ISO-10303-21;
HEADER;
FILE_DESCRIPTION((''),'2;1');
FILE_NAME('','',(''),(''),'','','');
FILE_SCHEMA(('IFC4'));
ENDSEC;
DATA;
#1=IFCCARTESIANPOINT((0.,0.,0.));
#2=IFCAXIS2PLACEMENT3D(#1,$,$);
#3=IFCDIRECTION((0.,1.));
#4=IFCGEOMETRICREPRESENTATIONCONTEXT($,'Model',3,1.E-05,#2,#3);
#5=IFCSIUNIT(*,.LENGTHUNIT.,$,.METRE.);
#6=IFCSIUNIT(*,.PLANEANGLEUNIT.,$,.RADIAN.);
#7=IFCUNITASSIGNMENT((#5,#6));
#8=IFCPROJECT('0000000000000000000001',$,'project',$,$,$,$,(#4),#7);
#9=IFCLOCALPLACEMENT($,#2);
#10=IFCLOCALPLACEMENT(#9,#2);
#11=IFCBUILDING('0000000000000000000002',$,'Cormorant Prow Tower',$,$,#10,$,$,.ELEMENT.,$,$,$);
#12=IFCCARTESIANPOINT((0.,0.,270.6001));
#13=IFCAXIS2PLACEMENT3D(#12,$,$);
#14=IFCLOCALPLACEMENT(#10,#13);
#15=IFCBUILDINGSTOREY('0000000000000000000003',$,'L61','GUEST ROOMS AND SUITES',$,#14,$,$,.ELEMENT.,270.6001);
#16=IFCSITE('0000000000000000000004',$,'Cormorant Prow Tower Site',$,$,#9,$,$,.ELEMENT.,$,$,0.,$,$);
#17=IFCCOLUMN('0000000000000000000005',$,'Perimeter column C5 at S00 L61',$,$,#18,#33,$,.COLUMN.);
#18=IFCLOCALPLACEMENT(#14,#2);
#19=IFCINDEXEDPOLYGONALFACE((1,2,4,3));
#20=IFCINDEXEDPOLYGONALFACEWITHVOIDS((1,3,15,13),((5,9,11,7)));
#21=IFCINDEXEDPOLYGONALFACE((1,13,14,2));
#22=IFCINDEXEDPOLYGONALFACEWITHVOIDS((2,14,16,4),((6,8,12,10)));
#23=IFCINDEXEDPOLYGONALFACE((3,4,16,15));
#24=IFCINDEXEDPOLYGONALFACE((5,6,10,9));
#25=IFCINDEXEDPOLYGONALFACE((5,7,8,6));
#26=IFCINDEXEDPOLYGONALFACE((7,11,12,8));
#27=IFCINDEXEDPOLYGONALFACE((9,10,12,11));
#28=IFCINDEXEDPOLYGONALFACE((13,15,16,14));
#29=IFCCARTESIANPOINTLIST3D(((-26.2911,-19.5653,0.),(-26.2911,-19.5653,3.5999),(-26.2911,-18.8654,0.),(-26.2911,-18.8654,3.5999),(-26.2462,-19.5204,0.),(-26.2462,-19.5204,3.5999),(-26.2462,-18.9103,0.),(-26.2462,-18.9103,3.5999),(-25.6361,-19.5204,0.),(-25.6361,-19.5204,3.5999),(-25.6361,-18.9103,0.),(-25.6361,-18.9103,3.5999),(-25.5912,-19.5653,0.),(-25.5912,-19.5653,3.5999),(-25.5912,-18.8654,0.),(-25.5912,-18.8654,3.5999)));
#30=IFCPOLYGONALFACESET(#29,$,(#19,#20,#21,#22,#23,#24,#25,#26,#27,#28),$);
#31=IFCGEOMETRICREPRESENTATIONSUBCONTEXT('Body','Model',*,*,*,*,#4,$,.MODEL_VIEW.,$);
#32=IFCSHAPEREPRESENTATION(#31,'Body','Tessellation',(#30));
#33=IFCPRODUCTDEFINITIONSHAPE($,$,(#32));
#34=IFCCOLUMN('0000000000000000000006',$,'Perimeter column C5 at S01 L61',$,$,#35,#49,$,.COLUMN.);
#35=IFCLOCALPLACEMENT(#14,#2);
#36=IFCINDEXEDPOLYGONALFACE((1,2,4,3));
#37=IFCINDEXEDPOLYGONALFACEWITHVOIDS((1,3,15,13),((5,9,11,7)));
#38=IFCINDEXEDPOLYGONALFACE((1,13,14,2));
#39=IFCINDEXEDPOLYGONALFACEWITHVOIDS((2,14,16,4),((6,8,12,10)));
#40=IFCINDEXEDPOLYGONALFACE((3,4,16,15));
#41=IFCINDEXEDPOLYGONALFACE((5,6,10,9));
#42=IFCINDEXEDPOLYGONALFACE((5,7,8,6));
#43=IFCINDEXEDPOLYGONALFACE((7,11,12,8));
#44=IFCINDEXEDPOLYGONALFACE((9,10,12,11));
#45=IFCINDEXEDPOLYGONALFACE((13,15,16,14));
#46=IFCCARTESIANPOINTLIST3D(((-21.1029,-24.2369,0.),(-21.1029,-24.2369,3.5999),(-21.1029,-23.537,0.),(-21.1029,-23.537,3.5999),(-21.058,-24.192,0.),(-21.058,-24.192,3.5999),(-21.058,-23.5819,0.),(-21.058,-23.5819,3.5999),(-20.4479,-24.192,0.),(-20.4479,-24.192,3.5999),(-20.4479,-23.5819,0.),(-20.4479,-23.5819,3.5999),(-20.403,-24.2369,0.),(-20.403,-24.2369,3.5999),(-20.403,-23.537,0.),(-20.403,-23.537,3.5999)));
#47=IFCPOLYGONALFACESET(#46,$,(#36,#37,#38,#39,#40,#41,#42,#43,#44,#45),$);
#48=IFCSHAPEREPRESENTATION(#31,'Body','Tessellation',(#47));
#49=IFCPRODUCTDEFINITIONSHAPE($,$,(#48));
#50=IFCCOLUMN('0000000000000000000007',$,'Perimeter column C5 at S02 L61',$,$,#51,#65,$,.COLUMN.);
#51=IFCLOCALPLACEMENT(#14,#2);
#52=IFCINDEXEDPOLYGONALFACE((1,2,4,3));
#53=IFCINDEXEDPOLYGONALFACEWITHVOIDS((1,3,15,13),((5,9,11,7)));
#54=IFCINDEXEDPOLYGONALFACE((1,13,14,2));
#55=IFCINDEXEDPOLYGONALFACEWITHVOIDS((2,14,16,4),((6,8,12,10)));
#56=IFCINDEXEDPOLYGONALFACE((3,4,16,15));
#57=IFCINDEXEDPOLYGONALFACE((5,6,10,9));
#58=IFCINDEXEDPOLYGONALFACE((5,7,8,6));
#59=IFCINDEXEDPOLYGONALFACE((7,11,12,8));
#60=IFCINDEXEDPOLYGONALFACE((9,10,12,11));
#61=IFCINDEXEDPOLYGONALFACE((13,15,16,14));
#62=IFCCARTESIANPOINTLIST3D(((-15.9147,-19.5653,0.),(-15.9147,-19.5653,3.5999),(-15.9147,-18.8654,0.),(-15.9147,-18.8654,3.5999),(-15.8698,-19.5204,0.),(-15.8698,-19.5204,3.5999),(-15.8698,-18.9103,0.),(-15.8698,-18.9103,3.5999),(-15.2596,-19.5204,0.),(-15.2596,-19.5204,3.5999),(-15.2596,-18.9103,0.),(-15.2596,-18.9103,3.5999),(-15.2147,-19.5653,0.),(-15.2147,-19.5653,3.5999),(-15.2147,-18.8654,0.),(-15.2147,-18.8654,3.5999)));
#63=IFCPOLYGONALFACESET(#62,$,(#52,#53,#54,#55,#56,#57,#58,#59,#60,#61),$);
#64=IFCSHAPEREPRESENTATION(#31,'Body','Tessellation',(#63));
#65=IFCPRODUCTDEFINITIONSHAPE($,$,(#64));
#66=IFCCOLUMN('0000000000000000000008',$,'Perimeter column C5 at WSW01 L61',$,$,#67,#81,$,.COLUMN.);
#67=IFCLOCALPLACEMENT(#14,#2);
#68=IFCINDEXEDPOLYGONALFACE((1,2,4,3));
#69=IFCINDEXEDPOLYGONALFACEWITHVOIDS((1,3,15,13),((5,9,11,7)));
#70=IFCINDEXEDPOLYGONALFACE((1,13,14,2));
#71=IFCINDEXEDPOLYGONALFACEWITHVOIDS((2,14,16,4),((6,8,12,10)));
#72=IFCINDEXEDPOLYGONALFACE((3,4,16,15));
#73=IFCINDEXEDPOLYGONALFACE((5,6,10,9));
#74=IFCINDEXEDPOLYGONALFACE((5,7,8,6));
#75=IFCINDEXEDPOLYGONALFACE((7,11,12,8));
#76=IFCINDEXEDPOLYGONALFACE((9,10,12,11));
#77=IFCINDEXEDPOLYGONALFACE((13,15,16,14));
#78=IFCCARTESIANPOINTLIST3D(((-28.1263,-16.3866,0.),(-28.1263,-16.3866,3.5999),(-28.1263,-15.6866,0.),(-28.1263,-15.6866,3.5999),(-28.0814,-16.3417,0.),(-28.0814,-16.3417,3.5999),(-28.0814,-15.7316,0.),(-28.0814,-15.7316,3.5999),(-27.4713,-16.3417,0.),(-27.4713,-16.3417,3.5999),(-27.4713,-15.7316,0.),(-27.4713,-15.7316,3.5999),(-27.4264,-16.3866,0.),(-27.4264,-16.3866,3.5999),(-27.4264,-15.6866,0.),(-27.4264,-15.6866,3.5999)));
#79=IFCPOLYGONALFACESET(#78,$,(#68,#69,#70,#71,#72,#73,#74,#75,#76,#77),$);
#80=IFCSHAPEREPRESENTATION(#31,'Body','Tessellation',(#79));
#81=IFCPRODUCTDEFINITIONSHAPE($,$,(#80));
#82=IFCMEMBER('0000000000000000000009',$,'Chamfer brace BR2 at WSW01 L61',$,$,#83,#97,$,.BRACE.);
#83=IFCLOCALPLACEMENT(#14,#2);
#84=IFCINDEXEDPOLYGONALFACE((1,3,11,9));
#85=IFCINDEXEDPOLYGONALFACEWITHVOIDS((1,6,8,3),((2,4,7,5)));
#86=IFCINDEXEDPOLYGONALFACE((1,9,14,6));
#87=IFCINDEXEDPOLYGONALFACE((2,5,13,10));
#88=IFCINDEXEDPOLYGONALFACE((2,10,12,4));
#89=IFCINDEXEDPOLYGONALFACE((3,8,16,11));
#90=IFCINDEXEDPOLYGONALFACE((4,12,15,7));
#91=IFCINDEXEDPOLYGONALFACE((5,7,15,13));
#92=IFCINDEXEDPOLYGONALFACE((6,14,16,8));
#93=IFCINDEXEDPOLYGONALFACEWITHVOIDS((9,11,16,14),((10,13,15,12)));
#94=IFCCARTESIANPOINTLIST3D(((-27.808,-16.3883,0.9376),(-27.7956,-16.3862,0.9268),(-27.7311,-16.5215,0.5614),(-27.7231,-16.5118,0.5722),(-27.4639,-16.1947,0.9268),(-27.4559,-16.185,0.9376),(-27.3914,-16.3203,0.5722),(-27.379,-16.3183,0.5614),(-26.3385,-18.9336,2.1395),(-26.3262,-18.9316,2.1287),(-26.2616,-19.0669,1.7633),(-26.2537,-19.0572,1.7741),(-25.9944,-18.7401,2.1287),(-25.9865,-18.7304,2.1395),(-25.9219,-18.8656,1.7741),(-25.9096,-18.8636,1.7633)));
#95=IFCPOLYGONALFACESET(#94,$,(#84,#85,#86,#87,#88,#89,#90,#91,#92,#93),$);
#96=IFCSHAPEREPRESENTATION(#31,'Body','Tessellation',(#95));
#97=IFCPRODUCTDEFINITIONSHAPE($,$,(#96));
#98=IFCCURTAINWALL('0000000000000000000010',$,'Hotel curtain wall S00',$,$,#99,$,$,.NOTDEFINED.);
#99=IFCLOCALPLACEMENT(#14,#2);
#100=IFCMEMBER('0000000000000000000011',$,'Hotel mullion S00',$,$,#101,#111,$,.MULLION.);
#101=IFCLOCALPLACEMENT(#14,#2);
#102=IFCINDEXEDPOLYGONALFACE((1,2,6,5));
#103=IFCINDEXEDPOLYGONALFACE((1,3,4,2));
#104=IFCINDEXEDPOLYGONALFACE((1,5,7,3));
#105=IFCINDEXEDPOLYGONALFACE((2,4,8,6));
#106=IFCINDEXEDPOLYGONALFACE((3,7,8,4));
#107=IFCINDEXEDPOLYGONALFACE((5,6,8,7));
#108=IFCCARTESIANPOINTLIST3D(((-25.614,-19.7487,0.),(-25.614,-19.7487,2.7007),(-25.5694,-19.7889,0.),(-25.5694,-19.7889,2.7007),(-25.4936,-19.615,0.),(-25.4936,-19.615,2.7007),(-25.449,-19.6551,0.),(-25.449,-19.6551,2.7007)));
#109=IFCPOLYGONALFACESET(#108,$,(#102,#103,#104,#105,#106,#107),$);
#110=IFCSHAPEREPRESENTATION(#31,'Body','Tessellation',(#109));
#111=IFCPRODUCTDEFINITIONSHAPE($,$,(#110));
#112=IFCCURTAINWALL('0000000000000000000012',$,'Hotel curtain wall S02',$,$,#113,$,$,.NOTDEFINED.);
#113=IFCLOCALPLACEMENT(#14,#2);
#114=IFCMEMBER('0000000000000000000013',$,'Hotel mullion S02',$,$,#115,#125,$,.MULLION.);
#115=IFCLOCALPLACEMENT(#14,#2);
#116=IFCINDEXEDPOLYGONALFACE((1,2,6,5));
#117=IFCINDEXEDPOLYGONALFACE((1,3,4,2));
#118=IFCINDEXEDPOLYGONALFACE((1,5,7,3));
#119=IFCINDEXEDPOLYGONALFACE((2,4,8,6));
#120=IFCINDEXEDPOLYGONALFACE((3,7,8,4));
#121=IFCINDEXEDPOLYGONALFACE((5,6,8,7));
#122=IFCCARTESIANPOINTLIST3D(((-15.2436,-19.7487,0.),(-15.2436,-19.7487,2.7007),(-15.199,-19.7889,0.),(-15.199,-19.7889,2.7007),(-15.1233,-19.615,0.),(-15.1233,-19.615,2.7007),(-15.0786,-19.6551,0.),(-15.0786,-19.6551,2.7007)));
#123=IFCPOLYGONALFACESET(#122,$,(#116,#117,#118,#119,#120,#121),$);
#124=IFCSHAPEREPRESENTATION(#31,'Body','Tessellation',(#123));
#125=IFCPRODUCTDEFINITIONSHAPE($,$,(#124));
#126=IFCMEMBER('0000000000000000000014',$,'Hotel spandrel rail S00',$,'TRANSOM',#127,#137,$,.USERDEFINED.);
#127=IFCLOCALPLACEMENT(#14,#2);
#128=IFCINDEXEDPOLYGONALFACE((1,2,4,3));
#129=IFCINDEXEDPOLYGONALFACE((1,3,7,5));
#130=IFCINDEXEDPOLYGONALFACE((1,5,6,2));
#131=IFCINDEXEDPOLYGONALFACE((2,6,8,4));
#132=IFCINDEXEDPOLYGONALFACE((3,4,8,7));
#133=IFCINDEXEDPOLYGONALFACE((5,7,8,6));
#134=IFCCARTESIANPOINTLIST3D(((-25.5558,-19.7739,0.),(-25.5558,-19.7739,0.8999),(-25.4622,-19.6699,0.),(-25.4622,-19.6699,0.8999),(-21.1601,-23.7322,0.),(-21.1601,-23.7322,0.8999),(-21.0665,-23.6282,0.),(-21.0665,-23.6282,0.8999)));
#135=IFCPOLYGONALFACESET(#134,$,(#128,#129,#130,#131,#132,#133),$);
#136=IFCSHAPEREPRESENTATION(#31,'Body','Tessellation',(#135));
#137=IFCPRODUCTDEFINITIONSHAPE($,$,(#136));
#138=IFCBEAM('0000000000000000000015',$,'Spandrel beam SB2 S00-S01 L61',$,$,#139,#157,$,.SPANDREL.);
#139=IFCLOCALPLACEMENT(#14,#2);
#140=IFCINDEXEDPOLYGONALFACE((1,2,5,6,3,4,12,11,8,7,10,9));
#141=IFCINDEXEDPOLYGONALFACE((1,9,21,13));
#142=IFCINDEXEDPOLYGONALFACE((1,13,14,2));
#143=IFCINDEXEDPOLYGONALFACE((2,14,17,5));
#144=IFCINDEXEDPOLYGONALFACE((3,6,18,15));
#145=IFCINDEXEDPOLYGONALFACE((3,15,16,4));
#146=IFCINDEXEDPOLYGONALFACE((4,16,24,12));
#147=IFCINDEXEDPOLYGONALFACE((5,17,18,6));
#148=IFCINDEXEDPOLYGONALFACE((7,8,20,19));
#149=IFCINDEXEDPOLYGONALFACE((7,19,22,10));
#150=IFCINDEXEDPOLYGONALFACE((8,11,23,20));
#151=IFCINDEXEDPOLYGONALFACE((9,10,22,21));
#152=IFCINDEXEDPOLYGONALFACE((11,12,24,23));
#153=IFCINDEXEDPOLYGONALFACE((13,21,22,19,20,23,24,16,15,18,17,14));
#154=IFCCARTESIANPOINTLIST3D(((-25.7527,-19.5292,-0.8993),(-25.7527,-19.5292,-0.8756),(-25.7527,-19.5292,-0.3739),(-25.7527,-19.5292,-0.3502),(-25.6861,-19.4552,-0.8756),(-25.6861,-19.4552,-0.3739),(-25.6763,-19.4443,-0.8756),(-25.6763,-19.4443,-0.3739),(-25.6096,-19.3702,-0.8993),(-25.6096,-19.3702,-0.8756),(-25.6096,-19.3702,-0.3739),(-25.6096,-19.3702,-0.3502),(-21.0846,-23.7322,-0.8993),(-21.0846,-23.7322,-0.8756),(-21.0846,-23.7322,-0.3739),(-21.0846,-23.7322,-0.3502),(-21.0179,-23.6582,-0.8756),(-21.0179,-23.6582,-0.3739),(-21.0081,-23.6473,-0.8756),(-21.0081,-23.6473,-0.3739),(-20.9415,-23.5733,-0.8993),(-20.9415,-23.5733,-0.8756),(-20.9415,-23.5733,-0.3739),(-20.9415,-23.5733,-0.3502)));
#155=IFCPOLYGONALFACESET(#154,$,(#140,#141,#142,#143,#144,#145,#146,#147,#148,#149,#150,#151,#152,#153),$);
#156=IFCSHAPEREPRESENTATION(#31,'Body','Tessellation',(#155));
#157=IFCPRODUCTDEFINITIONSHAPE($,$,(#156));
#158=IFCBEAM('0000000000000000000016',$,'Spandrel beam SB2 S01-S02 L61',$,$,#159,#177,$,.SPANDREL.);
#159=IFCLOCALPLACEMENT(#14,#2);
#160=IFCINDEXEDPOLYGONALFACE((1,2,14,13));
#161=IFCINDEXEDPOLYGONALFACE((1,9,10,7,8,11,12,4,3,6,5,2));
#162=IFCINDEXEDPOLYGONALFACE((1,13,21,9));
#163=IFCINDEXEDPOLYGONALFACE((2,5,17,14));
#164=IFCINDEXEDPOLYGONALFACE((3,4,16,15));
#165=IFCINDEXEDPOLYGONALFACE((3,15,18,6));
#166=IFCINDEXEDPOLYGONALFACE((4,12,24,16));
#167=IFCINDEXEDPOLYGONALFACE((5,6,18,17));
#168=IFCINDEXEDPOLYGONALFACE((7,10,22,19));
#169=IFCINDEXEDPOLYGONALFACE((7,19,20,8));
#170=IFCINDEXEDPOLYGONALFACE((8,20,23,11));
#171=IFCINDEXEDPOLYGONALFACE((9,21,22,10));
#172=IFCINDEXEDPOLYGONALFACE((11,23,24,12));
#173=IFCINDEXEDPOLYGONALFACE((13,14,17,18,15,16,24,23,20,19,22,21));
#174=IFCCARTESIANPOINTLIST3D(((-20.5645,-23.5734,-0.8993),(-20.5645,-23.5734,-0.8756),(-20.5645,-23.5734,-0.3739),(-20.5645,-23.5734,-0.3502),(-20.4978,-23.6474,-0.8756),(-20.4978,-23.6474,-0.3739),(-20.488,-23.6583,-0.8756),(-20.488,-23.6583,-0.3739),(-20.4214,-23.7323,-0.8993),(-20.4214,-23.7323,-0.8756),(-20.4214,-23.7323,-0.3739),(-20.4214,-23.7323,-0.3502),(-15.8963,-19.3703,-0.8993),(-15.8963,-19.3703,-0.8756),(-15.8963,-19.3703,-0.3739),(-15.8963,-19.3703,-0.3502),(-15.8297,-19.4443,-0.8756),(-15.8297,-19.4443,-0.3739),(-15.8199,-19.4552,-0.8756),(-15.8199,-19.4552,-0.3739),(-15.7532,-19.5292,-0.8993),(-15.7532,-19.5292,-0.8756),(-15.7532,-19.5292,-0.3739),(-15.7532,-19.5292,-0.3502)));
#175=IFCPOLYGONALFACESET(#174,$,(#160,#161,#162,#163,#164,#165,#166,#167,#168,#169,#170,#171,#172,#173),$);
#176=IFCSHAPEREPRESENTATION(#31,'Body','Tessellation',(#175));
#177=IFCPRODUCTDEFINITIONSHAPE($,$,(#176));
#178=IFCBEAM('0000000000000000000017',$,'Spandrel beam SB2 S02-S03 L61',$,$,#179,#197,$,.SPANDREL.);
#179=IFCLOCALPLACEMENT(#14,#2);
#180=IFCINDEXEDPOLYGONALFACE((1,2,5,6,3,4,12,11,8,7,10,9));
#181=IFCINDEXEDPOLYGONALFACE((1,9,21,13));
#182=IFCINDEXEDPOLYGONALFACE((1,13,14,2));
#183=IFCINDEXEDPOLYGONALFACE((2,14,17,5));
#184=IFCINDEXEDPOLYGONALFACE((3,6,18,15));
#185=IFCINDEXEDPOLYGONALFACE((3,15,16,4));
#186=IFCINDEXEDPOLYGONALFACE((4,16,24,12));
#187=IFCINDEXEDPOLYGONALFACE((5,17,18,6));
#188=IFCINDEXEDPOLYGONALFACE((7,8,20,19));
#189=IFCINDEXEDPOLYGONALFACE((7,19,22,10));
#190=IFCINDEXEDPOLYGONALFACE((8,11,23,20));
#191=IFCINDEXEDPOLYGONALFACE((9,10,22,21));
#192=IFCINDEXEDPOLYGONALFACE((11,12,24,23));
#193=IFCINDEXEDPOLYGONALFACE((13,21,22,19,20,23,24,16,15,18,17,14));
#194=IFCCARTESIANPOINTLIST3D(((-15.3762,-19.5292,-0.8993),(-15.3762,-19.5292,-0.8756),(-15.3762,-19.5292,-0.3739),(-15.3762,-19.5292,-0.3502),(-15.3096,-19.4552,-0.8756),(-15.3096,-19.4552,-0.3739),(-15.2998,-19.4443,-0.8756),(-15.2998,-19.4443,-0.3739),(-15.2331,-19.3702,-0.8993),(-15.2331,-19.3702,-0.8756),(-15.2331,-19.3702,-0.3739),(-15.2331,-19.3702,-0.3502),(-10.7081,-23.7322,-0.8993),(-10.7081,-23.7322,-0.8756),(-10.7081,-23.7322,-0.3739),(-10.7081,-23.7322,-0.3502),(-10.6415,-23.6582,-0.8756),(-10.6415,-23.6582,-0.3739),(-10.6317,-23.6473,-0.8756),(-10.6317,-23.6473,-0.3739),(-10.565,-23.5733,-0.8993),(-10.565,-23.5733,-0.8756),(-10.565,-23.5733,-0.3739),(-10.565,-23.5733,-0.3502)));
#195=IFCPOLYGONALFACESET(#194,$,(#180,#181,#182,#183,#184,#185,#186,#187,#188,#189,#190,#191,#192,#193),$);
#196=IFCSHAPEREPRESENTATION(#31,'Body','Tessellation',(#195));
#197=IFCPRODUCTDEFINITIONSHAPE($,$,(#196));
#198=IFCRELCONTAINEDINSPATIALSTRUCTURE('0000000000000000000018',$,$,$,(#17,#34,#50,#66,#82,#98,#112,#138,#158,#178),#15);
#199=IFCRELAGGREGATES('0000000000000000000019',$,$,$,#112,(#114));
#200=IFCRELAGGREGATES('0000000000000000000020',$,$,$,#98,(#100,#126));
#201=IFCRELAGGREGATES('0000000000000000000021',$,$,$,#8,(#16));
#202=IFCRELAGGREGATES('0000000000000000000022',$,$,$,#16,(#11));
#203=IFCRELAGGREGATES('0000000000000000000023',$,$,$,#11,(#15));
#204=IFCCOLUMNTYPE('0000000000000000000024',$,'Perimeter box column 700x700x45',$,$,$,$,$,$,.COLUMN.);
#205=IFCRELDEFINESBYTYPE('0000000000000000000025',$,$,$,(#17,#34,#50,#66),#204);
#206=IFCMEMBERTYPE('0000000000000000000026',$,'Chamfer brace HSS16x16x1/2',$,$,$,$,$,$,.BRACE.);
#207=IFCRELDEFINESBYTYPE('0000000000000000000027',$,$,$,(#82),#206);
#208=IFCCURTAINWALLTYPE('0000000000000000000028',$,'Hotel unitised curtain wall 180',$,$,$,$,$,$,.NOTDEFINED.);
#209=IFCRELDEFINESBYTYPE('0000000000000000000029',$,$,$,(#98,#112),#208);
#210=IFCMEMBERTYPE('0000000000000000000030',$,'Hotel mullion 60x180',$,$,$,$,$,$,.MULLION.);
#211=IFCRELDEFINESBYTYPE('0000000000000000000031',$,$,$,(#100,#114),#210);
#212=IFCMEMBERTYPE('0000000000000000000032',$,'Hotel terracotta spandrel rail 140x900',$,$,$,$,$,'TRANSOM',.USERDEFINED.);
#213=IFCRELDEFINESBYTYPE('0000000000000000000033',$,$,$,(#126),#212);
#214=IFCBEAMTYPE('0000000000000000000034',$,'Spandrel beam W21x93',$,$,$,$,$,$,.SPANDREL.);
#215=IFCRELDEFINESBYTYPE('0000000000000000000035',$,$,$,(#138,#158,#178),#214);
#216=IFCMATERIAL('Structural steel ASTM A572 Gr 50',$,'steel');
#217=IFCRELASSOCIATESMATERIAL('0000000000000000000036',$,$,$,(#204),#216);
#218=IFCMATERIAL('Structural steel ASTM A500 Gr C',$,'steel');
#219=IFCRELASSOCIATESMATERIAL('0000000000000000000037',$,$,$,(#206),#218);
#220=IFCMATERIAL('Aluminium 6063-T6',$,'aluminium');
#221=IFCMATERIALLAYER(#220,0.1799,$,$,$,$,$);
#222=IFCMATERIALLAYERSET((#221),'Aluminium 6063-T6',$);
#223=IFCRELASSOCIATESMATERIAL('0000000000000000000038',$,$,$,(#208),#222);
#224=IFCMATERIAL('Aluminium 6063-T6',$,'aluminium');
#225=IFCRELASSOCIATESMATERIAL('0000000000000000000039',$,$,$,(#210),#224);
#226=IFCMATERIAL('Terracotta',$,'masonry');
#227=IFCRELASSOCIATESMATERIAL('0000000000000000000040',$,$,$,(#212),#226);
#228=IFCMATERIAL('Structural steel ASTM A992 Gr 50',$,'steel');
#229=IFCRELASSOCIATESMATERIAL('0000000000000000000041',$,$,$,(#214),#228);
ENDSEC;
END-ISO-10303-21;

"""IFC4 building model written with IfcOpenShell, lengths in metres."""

from ifc_helpers import new_model, si_unit, direction, frame, origin, origin_2d, place, context, subcontext, project, spatial, rectangle, hollow_rectangle, i_section, extrude, material, layer, layer_set, material_profile, profile_set, type_object, element, aggregate, save


model = new_model("IFC4")

# Units and contexts
model_context = context("Model", 3, precision=1e-05, world=origin(), true_north=direction((0.0, 1.0)))
body_context = subcontext(model_context, "Body", "Model", "MODEL_VIEW")
ifc_project = project(units=[si_unit("LENGTHUNIT", "METRE"), si_unit("PLANEANGLEUNIT", "RADIAN")], contexts=[model_context])

# Site, building, storey
site_placement = place(None, origin())
site = spatial("IfcSite", under=ifc_project, at=site_placement, Name="Cormorant Prow Tower Site", CompositionType="ELEMENT", RefElevation=0.0)
building_placement = place(site_placement, origin())
building = spatial("IfcBuilding", under=site, at=building_placement, Name="Cormorant Prow Tower", CompositionType="ELEMENT")
storey_placement = place(building_placement, frame((0.0, 0.0, 270.6001)))
storey = spatial("IfcBuildingStorey", under=building, at=storey_placement, Name="L61", Description="GUEST ROOMS AND SUITES", CompositionType="ELEMENT", Elevation=270.6001)

# Columns
ifc_material_1 = material(Name="Structural steel ASTM A572 Gr 50", Category="steel")
ifc_material_profile_1 = material_profile(ifc_material_1, hollow_rectangle(XDim=0.7, YDim=0.7, WallThickness=0.0449, at=origin_2d()), Name="Box 700x700x45")
ifc_profile_set_1 = profile_set([ifc_material_profile_1], Name="Structural steel ASTM A572 Gr 50")
column_type = type_object("IfcColumnType", Name="Perimeter box column 700x700x45", PredefinedType="COLUMN", material=ifc_profile_set_1)
for number, where, z_axis, x_axis, name in (
    (1, (-25.9412, -19.2153, 0.0), (0.0, 0.0, 1.0), (1.0, 0.0, 0.0), "Perimeter column C5 at S00 L61"),
    (2, (-20.7529, -23.887, 0.0), (0.0, 0.0, 1.0), (1.0, 0.0, 0.0), "Perimeter column C5 at S01 L61"),
    (3, (-15.5647, -19.2153, 0.0), (0.0, 0.0, 1.0), (1.0, 0.0, 0.0), "Perimeter column C5 at S02 L61"),
    (4, (-27.7764, -16.0366, 0.0), (0.0, 0.0, 1.0), (1.0, 0.0, 0.0), "Perimeter column C5 at WSW01 L61"),
):
    element("IfcColumn", number, at=place(storey_placement, frame(where, z_axis=z_axis, x_axis=x_axis)), inside=storey, type_object=column_type, Name=name, PredefinedType="COLUMN", context=body_context, shape_type="SweptSolid", body=[
        extrude(hollow_rectangle(XDim=0.7, YDim=0.7, WallThickness=0.0449, at=origin_2d()), origin(), (0.0, 0.0, 1.0), 3.5999),
    ])

# Member
ifc_material_2 = material(Name="Structural steel ASTM A500 Gr C", Category="steel")
ifc_material_profile_2 = material_profile(ifc_material_2, hollow_rectangle(XDim=0.4065, YDim=0.4065, WallThickness=0.0117, at=origin_2d()), Name="HSS16x16x1/2")
ifc_profile_set_2 = profile_set([ifc_material_profile_2], Name="Structural steel ASTM A500 Gr C")
member_type_1 = type_object("IfcMemberType", Name="Chamfer brace HSS16x16x1/2", PredefinedType="BRACE", material=ifc_profile_set_2)
member_1_placement = place(storey_placement, frame((-27.5935, -16.3533, 0.7495), z_axis=(0.462773, -0.801607, 0.378507), x_axis=(0.866042, 0.499972, 0.0)))
element("IfcMember", 5, at=member_1_placement, inside=storey, type_object=member_type_1, Name="Chamfer brace BR2 at WSW01 L61", PredefinedType="BRACE", context=body_context, shape_type="SweptSolid", body=[
    extrude(hollow_rectangle(XDim=0.4065, YDim=0.4065, WallThickness=0.0117, at=origin_2d()), origin(), (0.0, 0.0, 1.0), 3.1753),
])

# Curtain walls, members
ifc_material_3 = material(Name="Aluminium 6063-T6", Category="aluminium")
ifc_layer_1 = layer(ifc_material_3, 0.1799)
ifc_layer_set_1 = layer_set([ifc_layer_1], Name="Aluminium 6063-T6")
curtain_wall_type = type_object("IfcCurtainWallType", Name="Hotel unitised curtain wall 180", PredefinedType="NOTDEFINED", material=ifc_layer_set_1)
curtain_wall_1_placement = place(storey_placement, origin())
curtain_wall_1 = element("IfcCurtainWall", 6, at=curtain_wall_1_placement, inside=storey, type_object=curtain_wall_type, Name="Hotel curtain wall S00", PredefinedType="NOTDEFINED")
ifc_material_4 = material(Name="Aluminium 6063-T6", Category="aluminium")
ifc_material_profile_3 = material_profile(ifc_material_4, rectangle(XDim=0.1799, YDim=0.0601, at=origin_2d()), Name="Hotel mullion 60x180")
ifc_profile_set_3 = profile_set([ifc_material_profile_3], Name="Aluminium 6063-T6")
member_type_2 = type_object("IfcMemberType", Name="Hotel mullion 60x180", PredefinedType="MULLION", material=ifc_profile_set_3)
member_2_placement = place(storey_placement, frame((-25.5315, -19.7019, 0.0), z_axis=(0.0, 0.0, 1.0), x_axis=(0.669131, 0.743145, 0.0)))
member_2 = element("IfcMember", 7, at=member_2_placement, type_object=member_type_2, Name="Hotel mullion S00", PredefinedType="MULLION", context=body_context, shape_type="SweptSolid", body=[
    extrude(rectangle(XDim=0.1799, YDim=0.0601, at=origin_2d()), origin(), (0.0, 0.0, 1.0), 2.7007),
])
curtain_wall_2_placement = place(storey_placement, origin())
curtain_wall_2 = element("IfcCurtainWall", 8, at=curtain_wall_2_placement, inside=storey, type_object=curtain_wall_type, Name="Hotel curtain wall S02", PredefinedType="NOTDEFINED")
member_3_placement = place(storey_placement, frame((-15.1611, -19.7019, 0.0), z_axis=(0.0, 0.0, 1.0), x_axis=(0.669131, 0.743145, 0.0)))
member_3 = element("IfcMember", 9, at=member_3_placement, type_object=member_type_2, Name="Hotel mullion S02", PredefinedType="MULLION", context=body_context, shape_type="SweptSolid", body=[
    extrude(rectangle(XDim=0.1799, YDim=0.0601, at=origin_2d()), origin(), (0.0, 0.0, 1.0), 2.7007),
])
aggregate(curtain_wall_2, [member_3])

# Member
ifc_material_5 = material(Name="Terracotta", Category="masonry")
ifc_material_profile_4 = material_profile(ifc_material_5, rectangle(XDim=0.1399, YDim=0.8999, at=origin_2d()), Name="Hotel terracotta spandrel rail 140x900")
ifc_profile_set_4 = profile_set([ifc_material_profile_4], Name="Terracotta")
member_type_3 = type_object("IfcMemberType", Name="Hotel terracotta spandrel rail 140x900", ElementType="TRANSOM", PredefinedType="USERDEFINED", material=ifc_profile_set_4)
member_4_placement = place(storey_placement, frame((-25.509, -19.7219, 0.45), z_axis=(0.74312, -0.669159, 0.0), x_axis=(0.669159, 0.74312, 0.0)))
member_4 = element("IfcMember", 10, at=member_4_placement, type_object=member_type_3, Name="Hotel spandrel rail S00", ObjectType="TRANSOM", PredefinedType="USERDEFINED", context=body_context, shape_type="SweptSolid", body=[
    extrude(rectangle(XDim=0.1399, YDim=0.8999, at=origin_2d()), origin(), (0.0, 0.0, 1.0), 5.9153),
])

# Beams
ifc_material_6 = material(Name="Structural steel ASTM A992 Gr 50", Category="steel")
ifc_material_profile_5 = material_profile(ifc_material_6, i_section(OverallWidth=0.2139, OverallDepth=0.5491, WebThickness=0.0146, FlangeThickness=0.0237, at=origin_2d()), Name="W21x93")
ifc_profile_set_5 = profile_set([ifc_material_profile_5], Name="Structural steel ASTM A992 Gr 50")
beam_type = type_object("IfcBeamType", Name="Spandrel beam W21x93", PredefinedType="SPANDREL", material=ifc_profile_set_5)
for number, where, z_axis, x_axis, name in (
    (11, (-25.6812, -19.4497, -0.6248), (0.743157, -0.669117, 0.0), (0.669117, 0.743157, 0.0), "Spandrel beam SB2 S00-S01 L61"),
    (12, (-20.4929, -23.6528, -0.6248), (0.743157, 0.669117, 0.0), (-0.669117, 0.743157, 0.0), "Spandrel beam SB2 S01-S02 L61"),
    (13, (-15.3047, -19.4497, -0.6248), (0.743157, -0.669117, 0.0), (0.669117, 0.743157, 0.0), "Spandrel beam SB2 S02-S03 L61"),
):
    element("IfcBeam", number, at=place(storey_placement, frame(where, z_axis=z_axis, x_axis=x_axis)), inside=storey, type_object=beam_type, Name=name, PredefinedType="SPANDREL", context=body_context, shape_type="SweptSolid", body=[
        extrude(i_section(OverallWidth=0.2139, OverallDepth=0.5491, WebThickness=0.0146, FlangeThickness=0.0237, at=origin_2d()), origin(), (0.0, 0.0, 1.0), 6.2815),
    ])

aggregate(curtain_wall_1, [member_2, member_4])

save(model, "model.ifc")
